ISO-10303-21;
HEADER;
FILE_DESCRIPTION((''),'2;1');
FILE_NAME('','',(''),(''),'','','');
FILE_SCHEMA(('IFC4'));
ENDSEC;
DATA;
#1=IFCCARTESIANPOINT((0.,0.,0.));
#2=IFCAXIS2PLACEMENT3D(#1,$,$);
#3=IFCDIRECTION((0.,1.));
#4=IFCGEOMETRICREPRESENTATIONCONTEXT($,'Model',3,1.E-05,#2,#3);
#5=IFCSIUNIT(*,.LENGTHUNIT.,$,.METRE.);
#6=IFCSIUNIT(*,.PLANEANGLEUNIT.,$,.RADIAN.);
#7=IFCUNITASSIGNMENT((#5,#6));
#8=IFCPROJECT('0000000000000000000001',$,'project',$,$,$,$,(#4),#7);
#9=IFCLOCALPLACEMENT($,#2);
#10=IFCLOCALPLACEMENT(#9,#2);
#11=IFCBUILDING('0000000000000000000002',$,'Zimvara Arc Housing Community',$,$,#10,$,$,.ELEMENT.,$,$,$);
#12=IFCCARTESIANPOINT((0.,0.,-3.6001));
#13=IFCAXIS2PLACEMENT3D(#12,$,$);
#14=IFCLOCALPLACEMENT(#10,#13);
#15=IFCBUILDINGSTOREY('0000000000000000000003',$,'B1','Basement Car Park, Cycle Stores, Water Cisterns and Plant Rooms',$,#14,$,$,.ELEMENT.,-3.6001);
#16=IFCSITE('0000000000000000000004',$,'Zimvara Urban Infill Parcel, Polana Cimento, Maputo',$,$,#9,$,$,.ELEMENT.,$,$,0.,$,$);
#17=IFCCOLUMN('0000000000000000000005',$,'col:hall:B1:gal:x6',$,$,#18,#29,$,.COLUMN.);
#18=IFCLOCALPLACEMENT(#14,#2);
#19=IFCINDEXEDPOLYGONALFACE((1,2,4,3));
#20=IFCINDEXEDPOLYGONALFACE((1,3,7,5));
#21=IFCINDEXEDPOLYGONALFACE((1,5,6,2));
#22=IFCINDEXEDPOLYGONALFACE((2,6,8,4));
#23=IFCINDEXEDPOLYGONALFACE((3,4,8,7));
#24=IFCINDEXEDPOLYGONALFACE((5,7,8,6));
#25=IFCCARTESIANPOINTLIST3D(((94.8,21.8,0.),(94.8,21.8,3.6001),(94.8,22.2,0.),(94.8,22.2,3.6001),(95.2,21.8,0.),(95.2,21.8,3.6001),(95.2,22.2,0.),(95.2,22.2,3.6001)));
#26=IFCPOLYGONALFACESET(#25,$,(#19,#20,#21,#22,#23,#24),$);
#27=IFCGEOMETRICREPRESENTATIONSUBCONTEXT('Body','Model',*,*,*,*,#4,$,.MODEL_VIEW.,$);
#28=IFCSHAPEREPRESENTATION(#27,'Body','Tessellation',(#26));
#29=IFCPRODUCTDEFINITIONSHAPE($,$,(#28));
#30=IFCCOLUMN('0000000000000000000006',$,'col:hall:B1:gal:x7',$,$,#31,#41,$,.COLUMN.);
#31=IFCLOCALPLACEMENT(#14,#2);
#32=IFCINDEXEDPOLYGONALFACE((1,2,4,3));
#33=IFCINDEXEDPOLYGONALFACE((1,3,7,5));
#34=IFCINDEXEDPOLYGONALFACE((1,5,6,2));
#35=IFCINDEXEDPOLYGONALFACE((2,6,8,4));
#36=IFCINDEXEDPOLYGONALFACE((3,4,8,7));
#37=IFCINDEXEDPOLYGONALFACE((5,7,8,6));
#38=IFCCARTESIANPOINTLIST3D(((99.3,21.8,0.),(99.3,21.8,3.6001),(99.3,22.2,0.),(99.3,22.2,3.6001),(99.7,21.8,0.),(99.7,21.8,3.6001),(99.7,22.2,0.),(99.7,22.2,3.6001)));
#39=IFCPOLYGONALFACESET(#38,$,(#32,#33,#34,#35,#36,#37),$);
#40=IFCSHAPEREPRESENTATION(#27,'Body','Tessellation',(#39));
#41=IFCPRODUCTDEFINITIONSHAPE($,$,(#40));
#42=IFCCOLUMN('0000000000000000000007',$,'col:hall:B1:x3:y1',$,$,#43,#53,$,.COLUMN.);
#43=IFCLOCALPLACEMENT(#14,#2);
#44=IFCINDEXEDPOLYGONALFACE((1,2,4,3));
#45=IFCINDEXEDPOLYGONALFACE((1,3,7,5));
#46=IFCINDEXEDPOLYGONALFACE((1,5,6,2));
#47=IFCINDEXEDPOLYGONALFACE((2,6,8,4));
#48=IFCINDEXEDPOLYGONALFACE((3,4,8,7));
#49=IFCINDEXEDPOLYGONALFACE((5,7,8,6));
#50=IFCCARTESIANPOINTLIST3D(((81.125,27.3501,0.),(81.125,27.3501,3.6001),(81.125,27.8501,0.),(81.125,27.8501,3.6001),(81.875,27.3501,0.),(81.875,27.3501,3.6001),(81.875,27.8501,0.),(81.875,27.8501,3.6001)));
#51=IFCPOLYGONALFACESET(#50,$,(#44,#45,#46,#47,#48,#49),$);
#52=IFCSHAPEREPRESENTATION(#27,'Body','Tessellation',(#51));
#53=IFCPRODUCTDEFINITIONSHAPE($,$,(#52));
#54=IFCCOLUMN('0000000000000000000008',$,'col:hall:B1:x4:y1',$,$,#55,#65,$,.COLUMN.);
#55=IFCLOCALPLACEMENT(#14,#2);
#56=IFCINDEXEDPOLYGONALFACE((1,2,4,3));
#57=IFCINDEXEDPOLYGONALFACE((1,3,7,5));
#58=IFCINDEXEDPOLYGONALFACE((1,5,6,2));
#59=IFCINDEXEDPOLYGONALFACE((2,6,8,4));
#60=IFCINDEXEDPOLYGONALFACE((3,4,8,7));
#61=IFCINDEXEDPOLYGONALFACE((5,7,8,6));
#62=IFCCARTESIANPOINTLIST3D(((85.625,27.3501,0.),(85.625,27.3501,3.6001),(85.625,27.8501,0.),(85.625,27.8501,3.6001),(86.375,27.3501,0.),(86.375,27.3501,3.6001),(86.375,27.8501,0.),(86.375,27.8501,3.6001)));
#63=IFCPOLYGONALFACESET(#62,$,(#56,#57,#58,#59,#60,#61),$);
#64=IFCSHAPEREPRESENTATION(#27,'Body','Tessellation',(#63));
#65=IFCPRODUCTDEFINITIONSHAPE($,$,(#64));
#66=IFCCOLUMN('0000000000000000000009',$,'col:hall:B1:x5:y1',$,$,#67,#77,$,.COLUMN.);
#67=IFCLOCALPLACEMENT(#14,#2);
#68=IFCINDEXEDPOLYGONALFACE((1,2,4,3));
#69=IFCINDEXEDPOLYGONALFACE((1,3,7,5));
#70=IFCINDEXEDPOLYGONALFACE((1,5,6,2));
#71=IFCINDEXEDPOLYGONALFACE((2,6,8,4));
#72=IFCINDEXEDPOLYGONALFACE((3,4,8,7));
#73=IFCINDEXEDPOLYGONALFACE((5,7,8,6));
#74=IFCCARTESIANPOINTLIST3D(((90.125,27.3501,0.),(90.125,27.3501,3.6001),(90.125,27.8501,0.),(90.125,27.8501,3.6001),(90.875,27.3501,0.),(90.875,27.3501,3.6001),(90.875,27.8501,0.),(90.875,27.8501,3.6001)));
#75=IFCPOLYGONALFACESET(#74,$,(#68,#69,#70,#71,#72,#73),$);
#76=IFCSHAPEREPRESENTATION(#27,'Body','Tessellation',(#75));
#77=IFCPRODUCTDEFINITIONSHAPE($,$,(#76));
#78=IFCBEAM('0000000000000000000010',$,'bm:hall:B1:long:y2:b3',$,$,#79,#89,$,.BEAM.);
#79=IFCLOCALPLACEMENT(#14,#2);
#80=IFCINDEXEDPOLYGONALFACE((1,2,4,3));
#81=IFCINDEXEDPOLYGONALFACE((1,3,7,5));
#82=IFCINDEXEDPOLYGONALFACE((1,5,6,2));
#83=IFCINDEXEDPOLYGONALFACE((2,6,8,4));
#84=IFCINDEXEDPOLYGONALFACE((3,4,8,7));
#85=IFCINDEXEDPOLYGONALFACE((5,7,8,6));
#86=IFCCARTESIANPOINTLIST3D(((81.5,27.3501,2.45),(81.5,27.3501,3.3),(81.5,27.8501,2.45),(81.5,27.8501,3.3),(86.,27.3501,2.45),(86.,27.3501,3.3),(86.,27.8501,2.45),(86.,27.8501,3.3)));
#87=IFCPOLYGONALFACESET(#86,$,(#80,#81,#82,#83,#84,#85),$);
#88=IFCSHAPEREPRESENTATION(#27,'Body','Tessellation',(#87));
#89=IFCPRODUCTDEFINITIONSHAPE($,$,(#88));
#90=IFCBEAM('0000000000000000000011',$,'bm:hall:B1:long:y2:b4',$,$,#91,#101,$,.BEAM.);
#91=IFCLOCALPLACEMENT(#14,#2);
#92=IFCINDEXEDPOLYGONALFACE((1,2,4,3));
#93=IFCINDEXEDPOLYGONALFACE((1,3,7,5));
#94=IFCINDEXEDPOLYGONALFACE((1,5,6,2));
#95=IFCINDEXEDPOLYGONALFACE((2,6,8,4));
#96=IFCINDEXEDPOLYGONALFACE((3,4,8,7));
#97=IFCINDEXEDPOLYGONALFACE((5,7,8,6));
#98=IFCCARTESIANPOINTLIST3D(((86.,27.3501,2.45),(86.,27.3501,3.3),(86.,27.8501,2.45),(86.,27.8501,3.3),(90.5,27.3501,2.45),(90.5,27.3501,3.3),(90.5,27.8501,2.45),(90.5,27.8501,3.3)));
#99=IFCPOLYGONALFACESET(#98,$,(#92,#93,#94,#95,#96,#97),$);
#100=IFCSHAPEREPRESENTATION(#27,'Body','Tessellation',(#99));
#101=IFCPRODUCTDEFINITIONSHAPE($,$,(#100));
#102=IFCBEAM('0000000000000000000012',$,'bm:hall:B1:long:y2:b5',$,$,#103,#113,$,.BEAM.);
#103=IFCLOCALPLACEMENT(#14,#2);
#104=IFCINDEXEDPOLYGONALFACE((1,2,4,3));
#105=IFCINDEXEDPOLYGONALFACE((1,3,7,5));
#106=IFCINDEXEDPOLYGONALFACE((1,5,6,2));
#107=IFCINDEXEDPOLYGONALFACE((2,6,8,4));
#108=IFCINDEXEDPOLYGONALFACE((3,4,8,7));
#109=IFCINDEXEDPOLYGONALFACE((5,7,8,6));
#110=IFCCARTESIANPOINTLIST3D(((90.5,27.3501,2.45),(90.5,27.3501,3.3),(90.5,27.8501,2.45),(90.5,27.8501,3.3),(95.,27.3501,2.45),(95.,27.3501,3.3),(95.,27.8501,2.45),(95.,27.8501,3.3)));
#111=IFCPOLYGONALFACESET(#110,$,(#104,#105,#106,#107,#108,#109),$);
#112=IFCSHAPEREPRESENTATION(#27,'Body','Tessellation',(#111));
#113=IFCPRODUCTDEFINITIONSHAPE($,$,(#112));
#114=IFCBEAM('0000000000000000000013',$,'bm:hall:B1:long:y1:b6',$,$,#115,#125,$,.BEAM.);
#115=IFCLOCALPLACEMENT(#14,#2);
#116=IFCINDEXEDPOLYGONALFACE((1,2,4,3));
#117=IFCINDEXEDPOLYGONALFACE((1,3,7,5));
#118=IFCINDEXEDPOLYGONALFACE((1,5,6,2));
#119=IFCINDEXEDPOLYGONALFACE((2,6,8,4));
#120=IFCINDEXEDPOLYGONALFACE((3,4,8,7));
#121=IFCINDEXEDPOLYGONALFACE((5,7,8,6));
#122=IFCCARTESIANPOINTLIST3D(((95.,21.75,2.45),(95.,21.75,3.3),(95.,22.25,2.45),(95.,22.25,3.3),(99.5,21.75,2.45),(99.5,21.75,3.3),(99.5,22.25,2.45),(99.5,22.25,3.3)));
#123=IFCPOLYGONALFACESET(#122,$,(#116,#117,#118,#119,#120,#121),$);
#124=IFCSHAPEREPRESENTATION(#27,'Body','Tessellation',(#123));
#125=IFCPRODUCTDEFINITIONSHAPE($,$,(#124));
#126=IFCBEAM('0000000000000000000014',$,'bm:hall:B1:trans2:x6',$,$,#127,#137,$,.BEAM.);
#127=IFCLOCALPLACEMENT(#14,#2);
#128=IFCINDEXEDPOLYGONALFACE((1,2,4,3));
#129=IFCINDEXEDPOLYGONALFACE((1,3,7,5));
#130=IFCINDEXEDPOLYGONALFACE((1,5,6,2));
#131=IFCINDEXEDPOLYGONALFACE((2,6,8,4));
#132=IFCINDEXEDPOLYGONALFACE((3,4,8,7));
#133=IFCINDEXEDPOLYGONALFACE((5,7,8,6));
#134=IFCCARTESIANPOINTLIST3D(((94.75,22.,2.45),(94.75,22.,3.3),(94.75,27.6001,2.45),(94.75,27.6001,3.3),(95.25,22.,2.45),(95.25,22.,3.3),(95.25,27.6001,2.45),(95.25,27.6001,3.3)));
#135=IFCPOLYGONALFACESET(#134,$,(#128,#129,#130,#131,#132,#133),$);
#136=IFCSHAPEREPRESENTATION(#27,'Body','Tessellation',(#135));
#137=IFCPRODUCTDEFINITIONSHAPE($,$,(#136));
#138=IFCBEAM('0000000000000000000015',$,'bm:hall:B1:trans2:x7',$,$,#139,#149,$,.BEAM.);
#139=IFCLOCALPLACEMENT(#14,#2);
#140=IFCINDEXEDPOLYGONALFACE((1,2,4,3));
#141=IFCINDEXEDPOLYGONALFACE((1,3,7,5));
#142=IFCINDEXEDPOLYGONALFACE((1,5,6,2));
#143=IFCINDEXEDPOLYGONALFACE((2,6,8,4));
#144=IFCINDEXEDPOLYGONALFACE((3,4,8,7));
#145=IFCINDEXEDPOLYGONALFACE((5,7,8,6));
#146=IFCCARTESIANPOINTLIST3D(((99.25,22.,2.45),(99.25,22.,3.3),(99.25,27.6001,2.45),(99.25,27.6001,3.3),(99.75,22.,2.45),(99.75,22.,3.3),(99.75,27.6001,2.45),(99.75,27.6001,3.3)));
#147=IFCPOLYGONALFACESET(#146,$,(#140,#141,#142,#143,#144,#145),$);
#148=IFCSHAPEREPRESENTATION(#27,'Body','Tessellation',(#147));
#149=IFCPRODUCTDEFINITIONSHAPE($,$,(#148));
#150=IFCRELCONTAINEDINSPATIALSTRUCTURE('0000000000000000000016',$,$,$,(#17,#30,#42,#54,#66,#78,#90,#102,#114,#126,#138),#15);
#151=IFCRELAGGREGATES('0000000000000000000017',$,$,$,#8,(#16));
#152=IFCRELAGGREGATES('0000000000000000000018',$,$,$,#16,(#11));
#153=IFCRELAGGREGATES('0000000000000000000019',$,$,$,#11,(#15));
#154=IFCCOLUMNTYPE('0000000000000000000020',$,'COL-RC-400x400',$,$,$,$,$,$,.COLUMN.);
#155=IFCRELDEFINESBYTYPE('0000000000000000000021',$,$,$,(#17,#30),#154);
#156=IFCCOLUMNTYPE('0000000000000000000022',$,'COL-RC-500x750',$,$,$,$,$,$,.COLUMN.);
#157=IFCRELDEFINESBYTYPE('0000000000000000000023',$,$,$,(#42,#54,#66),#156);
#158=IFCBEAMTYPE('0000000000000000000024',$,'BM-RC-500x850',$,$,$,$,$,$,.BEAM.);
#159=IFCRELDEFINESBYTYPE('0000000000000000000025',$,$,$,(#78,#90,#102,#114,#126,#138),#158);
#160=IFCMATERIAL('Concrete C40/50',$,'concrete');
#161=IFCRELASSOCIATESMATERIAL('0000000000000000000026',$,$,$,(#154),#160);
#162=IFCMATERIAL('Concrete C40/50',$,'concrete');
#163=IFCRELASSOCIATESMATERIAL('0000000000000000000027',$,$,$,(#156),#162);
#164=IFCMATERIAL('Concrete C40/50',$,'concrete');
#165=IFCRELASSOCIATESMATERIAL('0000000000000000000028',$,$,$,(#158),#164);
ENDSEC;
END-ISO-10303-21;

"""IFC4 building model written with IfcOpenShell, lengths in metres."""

from ifc_helpers import new_model, si_unit, direction, frame, origin, origin_2d, place, context, subcontext, project, spatial, rectangle, extrude, material, material_profile, profile_set, type_object, element, save


model = new_model("IFC4")

# Units and contexts
model_context = context("Model", 3, precision=1e-05, world=origin(), true_north=direction((0.0, 1.0)))
body_context = subcontext(model_context, "Body", "Model", "MODEL_VIEW")
ifc_project = project(units=[si_unit("LENGTHUNIT", "METRE"), si_unit("PLANEANGLEUNIT", "RADIAN")], contexts=[model_context])

# Site, building, storey
site_placement = place(None, origin())
site = spatial("IfcSite", under=ifc_project, at=site_placement, Name="Zimvara Urban Infill Parcel, Polana Cimento, Maputo", CompositionType="ELEMENT", RefElevation=0.0)
building_placement = place(site_placement, origin())
building = spatial("IfcBuilding", under=site, at=building_placement, Name="Zimvara Arc Housing Community", CompositionType="ELEMENT")
storey_placement = place(building_placement, frame((0.0, 0.0, -3.6001)))
storey = spatial("IfcBuildingStorey", under=building, at=storey_placement, Name="B1", Description="Basement Car Park, Cycle Stores, Water Cisterns and Plant Rooms", CompositionType="ELEMENT", Elevation=-3.6001)

# Columns
ifc_material_1 = material(Name="Concrete C40/50", Category="concrete")
ifc_material_profile_1 = material_profile(ifc_material_1, rectangle(XDim=0.3999, YDim=0.3999, at=origin_2d()), Name="RC 400x400")
ifc_profile_set_1 = profile_set([ifc_material_profile_1], Name="Concrete C40/50")
column_type_1 = type_object("IfcColumnType", Name="COL-RC-400x400", PredefinedType="COLUMN", material=ifc_profile_set_1)
for number, where, z_axis, x_axis, name in (
    (1, (95.0, 22.0, 0.0), (0.0, 0.0, 1.0), (1.0, 0.0, 0.0), "col:hall:B1:gal:x6"),
    (2, (99.5, 22.0, 0.0), (0.0, 0.0, 1.0), (1.0, 0.0, 0.0), "col:hall:B1:gal:x7"),
):
    element("IfcColumn", number, at=place(storey_placement, frame(where, z_axis=z_axis, x_axis=x_axis)), inside=storey, type_object=column_type_1, Name=name, PredefinedType="COLUMN", context=body_context, shape_type="SweptSolid", body=[
        extrude(rectangle(XDim=0.3999, YDim=0.3999, at=origin_2d()), origin(), (0.0, 0.0, 1.0), 3.6001),
    ])
ifc_material_2 = material(Name="Concrete C40/50", Category="concrete")
ifc_material_profile_2 = material_profile(ifc_material_2, rectangle(XDim=0.5, YDim=0.75, at=origin_2d()), Name="RC 500x750")
ifc_profile_set_2 = profile_set([ifc_material_profile_2], Name="Concrete C40/50")
column_type_2 = type_object("IfcColumnType", Name="COL-RC-500x750", PredefinedType="COLUMN", material=ifc_profile_set_2)
for number, where, z_axis, x_axis, name in (
    (3, (81.5, 27.6001, 0.0), (0.0, 0.0, 1.0), (0.0, 1.0, 0.0), "col:hall:B1:x3:y1"),
    (4, (86.0, 27.6001, 0.0), (0.0, 0.0, 1.0), (0.0, 1.0, 0.0), "col:hall:B1:x4:y1"),
    (5, (90.5, 27.6001, 0.0), (0.0, 0.0, 1.0), (0.0, 1.0, 0.0), "col:hall:B1:x5:y1"),
):
    element("IfcColumn", number, at=place(storey_placement, frame(where, z_axis=z_axis, x_axis=x_axis)), inside=storey, type_object=column_type_2, Name=name, PredefinedType="COLUMN", context=body_context, shape_type="SweptSolid", body=[
        extrude(rectangle(XDim=0.5, YDim=0.75, at=origin_2d()), origin(), (0.0, 0.0, 1.0), 3.6001),
    ])

# Beams
ifc_material_3 = material(Name="Concrete C40/50", Category="concrete")
ifc_material_profile_3 = material_profile(ifc_material_3, rectangle(XDim=0.5, YDim=0.8501, at=origin_2d()), Name="RC 500x850")
ifc_profile_set_3 = profile_set([ifc_material_profile_3], Name="Concrete C40/50")
beam_type = type_object("IfcBeamType", Name="BM-RC-500x850", PredefinedType="BEAM", material=ifc_profile_set_3)
for number, where, z_axis, x_axis, name in (
    (6, (81.5, 27.6001, 2.875), (1.0, 0.0, 0.0), (0.0, 1.0, 0.0), "bm:hall:B1:long:y2:b3"),
    (7, (86.0, 27.6001, 2.875), (1.0, 0.0, 0.0), (0.0, 1.0, 0.0), "bm:hall:B1:long:y2:b4"),
    (8, (90.5, 27.6001, 2.875), (1.0, 0.0, 0.0), (0.0, 1.0, 0.0), "bm:hall:B1:long:y2:b5"),
    (9, (95.0, 22.0, 2.875), (1.0, 0.0, 0.0), (0.0, 1.0, 0.0), "bm:hall:B1:long:y1:b6"),
):
    element("IfcBeam", number, at=place(storey_placement, frame(where, z_axis=z_axis, x_axis=x_axis)), inside=storey, type_object=beam_type, Name=name, PredefinedType="BEAM", context=body_context, shape_type="SweptSolid", body=[
        extrude(rectangle(XDim=0.5, YDim=0.8501, at=origin_2d()), origin(), (0.0, 0.0, 1.0), 4.5),
    ])
for number, where, z_axis, x_axis, name in (
    (10, (95.0, 22.0, 2.875), (0.0, 1.0, 0.0), (-1.0, 0.0, 0.0), "bm:hall:B1:trans2:x6"),
    (11, (99.5, 22.0, 2.875), (0.0, 1.0, 0.0), (-1.0, 0.0, 0.0), "bm:hall:B1:trans2:x7"),
):
    element("IfcBeam", number, at=place(storey_placement, frame(where, z_axis=z_axis, x_axis=x_axis)), inside=storey, type_object=beam_type, Name=name, PredefinedType="BEAM", context=body_context, shape_type="SweptSolid", body=[
        extrude(rectangle(XDim=0.5, YDim=0.8501, at=origin_2d()), origin(), (0.0, 0.0, 1.0), 5.6001),
    ])

save(model, "model.ifc")
